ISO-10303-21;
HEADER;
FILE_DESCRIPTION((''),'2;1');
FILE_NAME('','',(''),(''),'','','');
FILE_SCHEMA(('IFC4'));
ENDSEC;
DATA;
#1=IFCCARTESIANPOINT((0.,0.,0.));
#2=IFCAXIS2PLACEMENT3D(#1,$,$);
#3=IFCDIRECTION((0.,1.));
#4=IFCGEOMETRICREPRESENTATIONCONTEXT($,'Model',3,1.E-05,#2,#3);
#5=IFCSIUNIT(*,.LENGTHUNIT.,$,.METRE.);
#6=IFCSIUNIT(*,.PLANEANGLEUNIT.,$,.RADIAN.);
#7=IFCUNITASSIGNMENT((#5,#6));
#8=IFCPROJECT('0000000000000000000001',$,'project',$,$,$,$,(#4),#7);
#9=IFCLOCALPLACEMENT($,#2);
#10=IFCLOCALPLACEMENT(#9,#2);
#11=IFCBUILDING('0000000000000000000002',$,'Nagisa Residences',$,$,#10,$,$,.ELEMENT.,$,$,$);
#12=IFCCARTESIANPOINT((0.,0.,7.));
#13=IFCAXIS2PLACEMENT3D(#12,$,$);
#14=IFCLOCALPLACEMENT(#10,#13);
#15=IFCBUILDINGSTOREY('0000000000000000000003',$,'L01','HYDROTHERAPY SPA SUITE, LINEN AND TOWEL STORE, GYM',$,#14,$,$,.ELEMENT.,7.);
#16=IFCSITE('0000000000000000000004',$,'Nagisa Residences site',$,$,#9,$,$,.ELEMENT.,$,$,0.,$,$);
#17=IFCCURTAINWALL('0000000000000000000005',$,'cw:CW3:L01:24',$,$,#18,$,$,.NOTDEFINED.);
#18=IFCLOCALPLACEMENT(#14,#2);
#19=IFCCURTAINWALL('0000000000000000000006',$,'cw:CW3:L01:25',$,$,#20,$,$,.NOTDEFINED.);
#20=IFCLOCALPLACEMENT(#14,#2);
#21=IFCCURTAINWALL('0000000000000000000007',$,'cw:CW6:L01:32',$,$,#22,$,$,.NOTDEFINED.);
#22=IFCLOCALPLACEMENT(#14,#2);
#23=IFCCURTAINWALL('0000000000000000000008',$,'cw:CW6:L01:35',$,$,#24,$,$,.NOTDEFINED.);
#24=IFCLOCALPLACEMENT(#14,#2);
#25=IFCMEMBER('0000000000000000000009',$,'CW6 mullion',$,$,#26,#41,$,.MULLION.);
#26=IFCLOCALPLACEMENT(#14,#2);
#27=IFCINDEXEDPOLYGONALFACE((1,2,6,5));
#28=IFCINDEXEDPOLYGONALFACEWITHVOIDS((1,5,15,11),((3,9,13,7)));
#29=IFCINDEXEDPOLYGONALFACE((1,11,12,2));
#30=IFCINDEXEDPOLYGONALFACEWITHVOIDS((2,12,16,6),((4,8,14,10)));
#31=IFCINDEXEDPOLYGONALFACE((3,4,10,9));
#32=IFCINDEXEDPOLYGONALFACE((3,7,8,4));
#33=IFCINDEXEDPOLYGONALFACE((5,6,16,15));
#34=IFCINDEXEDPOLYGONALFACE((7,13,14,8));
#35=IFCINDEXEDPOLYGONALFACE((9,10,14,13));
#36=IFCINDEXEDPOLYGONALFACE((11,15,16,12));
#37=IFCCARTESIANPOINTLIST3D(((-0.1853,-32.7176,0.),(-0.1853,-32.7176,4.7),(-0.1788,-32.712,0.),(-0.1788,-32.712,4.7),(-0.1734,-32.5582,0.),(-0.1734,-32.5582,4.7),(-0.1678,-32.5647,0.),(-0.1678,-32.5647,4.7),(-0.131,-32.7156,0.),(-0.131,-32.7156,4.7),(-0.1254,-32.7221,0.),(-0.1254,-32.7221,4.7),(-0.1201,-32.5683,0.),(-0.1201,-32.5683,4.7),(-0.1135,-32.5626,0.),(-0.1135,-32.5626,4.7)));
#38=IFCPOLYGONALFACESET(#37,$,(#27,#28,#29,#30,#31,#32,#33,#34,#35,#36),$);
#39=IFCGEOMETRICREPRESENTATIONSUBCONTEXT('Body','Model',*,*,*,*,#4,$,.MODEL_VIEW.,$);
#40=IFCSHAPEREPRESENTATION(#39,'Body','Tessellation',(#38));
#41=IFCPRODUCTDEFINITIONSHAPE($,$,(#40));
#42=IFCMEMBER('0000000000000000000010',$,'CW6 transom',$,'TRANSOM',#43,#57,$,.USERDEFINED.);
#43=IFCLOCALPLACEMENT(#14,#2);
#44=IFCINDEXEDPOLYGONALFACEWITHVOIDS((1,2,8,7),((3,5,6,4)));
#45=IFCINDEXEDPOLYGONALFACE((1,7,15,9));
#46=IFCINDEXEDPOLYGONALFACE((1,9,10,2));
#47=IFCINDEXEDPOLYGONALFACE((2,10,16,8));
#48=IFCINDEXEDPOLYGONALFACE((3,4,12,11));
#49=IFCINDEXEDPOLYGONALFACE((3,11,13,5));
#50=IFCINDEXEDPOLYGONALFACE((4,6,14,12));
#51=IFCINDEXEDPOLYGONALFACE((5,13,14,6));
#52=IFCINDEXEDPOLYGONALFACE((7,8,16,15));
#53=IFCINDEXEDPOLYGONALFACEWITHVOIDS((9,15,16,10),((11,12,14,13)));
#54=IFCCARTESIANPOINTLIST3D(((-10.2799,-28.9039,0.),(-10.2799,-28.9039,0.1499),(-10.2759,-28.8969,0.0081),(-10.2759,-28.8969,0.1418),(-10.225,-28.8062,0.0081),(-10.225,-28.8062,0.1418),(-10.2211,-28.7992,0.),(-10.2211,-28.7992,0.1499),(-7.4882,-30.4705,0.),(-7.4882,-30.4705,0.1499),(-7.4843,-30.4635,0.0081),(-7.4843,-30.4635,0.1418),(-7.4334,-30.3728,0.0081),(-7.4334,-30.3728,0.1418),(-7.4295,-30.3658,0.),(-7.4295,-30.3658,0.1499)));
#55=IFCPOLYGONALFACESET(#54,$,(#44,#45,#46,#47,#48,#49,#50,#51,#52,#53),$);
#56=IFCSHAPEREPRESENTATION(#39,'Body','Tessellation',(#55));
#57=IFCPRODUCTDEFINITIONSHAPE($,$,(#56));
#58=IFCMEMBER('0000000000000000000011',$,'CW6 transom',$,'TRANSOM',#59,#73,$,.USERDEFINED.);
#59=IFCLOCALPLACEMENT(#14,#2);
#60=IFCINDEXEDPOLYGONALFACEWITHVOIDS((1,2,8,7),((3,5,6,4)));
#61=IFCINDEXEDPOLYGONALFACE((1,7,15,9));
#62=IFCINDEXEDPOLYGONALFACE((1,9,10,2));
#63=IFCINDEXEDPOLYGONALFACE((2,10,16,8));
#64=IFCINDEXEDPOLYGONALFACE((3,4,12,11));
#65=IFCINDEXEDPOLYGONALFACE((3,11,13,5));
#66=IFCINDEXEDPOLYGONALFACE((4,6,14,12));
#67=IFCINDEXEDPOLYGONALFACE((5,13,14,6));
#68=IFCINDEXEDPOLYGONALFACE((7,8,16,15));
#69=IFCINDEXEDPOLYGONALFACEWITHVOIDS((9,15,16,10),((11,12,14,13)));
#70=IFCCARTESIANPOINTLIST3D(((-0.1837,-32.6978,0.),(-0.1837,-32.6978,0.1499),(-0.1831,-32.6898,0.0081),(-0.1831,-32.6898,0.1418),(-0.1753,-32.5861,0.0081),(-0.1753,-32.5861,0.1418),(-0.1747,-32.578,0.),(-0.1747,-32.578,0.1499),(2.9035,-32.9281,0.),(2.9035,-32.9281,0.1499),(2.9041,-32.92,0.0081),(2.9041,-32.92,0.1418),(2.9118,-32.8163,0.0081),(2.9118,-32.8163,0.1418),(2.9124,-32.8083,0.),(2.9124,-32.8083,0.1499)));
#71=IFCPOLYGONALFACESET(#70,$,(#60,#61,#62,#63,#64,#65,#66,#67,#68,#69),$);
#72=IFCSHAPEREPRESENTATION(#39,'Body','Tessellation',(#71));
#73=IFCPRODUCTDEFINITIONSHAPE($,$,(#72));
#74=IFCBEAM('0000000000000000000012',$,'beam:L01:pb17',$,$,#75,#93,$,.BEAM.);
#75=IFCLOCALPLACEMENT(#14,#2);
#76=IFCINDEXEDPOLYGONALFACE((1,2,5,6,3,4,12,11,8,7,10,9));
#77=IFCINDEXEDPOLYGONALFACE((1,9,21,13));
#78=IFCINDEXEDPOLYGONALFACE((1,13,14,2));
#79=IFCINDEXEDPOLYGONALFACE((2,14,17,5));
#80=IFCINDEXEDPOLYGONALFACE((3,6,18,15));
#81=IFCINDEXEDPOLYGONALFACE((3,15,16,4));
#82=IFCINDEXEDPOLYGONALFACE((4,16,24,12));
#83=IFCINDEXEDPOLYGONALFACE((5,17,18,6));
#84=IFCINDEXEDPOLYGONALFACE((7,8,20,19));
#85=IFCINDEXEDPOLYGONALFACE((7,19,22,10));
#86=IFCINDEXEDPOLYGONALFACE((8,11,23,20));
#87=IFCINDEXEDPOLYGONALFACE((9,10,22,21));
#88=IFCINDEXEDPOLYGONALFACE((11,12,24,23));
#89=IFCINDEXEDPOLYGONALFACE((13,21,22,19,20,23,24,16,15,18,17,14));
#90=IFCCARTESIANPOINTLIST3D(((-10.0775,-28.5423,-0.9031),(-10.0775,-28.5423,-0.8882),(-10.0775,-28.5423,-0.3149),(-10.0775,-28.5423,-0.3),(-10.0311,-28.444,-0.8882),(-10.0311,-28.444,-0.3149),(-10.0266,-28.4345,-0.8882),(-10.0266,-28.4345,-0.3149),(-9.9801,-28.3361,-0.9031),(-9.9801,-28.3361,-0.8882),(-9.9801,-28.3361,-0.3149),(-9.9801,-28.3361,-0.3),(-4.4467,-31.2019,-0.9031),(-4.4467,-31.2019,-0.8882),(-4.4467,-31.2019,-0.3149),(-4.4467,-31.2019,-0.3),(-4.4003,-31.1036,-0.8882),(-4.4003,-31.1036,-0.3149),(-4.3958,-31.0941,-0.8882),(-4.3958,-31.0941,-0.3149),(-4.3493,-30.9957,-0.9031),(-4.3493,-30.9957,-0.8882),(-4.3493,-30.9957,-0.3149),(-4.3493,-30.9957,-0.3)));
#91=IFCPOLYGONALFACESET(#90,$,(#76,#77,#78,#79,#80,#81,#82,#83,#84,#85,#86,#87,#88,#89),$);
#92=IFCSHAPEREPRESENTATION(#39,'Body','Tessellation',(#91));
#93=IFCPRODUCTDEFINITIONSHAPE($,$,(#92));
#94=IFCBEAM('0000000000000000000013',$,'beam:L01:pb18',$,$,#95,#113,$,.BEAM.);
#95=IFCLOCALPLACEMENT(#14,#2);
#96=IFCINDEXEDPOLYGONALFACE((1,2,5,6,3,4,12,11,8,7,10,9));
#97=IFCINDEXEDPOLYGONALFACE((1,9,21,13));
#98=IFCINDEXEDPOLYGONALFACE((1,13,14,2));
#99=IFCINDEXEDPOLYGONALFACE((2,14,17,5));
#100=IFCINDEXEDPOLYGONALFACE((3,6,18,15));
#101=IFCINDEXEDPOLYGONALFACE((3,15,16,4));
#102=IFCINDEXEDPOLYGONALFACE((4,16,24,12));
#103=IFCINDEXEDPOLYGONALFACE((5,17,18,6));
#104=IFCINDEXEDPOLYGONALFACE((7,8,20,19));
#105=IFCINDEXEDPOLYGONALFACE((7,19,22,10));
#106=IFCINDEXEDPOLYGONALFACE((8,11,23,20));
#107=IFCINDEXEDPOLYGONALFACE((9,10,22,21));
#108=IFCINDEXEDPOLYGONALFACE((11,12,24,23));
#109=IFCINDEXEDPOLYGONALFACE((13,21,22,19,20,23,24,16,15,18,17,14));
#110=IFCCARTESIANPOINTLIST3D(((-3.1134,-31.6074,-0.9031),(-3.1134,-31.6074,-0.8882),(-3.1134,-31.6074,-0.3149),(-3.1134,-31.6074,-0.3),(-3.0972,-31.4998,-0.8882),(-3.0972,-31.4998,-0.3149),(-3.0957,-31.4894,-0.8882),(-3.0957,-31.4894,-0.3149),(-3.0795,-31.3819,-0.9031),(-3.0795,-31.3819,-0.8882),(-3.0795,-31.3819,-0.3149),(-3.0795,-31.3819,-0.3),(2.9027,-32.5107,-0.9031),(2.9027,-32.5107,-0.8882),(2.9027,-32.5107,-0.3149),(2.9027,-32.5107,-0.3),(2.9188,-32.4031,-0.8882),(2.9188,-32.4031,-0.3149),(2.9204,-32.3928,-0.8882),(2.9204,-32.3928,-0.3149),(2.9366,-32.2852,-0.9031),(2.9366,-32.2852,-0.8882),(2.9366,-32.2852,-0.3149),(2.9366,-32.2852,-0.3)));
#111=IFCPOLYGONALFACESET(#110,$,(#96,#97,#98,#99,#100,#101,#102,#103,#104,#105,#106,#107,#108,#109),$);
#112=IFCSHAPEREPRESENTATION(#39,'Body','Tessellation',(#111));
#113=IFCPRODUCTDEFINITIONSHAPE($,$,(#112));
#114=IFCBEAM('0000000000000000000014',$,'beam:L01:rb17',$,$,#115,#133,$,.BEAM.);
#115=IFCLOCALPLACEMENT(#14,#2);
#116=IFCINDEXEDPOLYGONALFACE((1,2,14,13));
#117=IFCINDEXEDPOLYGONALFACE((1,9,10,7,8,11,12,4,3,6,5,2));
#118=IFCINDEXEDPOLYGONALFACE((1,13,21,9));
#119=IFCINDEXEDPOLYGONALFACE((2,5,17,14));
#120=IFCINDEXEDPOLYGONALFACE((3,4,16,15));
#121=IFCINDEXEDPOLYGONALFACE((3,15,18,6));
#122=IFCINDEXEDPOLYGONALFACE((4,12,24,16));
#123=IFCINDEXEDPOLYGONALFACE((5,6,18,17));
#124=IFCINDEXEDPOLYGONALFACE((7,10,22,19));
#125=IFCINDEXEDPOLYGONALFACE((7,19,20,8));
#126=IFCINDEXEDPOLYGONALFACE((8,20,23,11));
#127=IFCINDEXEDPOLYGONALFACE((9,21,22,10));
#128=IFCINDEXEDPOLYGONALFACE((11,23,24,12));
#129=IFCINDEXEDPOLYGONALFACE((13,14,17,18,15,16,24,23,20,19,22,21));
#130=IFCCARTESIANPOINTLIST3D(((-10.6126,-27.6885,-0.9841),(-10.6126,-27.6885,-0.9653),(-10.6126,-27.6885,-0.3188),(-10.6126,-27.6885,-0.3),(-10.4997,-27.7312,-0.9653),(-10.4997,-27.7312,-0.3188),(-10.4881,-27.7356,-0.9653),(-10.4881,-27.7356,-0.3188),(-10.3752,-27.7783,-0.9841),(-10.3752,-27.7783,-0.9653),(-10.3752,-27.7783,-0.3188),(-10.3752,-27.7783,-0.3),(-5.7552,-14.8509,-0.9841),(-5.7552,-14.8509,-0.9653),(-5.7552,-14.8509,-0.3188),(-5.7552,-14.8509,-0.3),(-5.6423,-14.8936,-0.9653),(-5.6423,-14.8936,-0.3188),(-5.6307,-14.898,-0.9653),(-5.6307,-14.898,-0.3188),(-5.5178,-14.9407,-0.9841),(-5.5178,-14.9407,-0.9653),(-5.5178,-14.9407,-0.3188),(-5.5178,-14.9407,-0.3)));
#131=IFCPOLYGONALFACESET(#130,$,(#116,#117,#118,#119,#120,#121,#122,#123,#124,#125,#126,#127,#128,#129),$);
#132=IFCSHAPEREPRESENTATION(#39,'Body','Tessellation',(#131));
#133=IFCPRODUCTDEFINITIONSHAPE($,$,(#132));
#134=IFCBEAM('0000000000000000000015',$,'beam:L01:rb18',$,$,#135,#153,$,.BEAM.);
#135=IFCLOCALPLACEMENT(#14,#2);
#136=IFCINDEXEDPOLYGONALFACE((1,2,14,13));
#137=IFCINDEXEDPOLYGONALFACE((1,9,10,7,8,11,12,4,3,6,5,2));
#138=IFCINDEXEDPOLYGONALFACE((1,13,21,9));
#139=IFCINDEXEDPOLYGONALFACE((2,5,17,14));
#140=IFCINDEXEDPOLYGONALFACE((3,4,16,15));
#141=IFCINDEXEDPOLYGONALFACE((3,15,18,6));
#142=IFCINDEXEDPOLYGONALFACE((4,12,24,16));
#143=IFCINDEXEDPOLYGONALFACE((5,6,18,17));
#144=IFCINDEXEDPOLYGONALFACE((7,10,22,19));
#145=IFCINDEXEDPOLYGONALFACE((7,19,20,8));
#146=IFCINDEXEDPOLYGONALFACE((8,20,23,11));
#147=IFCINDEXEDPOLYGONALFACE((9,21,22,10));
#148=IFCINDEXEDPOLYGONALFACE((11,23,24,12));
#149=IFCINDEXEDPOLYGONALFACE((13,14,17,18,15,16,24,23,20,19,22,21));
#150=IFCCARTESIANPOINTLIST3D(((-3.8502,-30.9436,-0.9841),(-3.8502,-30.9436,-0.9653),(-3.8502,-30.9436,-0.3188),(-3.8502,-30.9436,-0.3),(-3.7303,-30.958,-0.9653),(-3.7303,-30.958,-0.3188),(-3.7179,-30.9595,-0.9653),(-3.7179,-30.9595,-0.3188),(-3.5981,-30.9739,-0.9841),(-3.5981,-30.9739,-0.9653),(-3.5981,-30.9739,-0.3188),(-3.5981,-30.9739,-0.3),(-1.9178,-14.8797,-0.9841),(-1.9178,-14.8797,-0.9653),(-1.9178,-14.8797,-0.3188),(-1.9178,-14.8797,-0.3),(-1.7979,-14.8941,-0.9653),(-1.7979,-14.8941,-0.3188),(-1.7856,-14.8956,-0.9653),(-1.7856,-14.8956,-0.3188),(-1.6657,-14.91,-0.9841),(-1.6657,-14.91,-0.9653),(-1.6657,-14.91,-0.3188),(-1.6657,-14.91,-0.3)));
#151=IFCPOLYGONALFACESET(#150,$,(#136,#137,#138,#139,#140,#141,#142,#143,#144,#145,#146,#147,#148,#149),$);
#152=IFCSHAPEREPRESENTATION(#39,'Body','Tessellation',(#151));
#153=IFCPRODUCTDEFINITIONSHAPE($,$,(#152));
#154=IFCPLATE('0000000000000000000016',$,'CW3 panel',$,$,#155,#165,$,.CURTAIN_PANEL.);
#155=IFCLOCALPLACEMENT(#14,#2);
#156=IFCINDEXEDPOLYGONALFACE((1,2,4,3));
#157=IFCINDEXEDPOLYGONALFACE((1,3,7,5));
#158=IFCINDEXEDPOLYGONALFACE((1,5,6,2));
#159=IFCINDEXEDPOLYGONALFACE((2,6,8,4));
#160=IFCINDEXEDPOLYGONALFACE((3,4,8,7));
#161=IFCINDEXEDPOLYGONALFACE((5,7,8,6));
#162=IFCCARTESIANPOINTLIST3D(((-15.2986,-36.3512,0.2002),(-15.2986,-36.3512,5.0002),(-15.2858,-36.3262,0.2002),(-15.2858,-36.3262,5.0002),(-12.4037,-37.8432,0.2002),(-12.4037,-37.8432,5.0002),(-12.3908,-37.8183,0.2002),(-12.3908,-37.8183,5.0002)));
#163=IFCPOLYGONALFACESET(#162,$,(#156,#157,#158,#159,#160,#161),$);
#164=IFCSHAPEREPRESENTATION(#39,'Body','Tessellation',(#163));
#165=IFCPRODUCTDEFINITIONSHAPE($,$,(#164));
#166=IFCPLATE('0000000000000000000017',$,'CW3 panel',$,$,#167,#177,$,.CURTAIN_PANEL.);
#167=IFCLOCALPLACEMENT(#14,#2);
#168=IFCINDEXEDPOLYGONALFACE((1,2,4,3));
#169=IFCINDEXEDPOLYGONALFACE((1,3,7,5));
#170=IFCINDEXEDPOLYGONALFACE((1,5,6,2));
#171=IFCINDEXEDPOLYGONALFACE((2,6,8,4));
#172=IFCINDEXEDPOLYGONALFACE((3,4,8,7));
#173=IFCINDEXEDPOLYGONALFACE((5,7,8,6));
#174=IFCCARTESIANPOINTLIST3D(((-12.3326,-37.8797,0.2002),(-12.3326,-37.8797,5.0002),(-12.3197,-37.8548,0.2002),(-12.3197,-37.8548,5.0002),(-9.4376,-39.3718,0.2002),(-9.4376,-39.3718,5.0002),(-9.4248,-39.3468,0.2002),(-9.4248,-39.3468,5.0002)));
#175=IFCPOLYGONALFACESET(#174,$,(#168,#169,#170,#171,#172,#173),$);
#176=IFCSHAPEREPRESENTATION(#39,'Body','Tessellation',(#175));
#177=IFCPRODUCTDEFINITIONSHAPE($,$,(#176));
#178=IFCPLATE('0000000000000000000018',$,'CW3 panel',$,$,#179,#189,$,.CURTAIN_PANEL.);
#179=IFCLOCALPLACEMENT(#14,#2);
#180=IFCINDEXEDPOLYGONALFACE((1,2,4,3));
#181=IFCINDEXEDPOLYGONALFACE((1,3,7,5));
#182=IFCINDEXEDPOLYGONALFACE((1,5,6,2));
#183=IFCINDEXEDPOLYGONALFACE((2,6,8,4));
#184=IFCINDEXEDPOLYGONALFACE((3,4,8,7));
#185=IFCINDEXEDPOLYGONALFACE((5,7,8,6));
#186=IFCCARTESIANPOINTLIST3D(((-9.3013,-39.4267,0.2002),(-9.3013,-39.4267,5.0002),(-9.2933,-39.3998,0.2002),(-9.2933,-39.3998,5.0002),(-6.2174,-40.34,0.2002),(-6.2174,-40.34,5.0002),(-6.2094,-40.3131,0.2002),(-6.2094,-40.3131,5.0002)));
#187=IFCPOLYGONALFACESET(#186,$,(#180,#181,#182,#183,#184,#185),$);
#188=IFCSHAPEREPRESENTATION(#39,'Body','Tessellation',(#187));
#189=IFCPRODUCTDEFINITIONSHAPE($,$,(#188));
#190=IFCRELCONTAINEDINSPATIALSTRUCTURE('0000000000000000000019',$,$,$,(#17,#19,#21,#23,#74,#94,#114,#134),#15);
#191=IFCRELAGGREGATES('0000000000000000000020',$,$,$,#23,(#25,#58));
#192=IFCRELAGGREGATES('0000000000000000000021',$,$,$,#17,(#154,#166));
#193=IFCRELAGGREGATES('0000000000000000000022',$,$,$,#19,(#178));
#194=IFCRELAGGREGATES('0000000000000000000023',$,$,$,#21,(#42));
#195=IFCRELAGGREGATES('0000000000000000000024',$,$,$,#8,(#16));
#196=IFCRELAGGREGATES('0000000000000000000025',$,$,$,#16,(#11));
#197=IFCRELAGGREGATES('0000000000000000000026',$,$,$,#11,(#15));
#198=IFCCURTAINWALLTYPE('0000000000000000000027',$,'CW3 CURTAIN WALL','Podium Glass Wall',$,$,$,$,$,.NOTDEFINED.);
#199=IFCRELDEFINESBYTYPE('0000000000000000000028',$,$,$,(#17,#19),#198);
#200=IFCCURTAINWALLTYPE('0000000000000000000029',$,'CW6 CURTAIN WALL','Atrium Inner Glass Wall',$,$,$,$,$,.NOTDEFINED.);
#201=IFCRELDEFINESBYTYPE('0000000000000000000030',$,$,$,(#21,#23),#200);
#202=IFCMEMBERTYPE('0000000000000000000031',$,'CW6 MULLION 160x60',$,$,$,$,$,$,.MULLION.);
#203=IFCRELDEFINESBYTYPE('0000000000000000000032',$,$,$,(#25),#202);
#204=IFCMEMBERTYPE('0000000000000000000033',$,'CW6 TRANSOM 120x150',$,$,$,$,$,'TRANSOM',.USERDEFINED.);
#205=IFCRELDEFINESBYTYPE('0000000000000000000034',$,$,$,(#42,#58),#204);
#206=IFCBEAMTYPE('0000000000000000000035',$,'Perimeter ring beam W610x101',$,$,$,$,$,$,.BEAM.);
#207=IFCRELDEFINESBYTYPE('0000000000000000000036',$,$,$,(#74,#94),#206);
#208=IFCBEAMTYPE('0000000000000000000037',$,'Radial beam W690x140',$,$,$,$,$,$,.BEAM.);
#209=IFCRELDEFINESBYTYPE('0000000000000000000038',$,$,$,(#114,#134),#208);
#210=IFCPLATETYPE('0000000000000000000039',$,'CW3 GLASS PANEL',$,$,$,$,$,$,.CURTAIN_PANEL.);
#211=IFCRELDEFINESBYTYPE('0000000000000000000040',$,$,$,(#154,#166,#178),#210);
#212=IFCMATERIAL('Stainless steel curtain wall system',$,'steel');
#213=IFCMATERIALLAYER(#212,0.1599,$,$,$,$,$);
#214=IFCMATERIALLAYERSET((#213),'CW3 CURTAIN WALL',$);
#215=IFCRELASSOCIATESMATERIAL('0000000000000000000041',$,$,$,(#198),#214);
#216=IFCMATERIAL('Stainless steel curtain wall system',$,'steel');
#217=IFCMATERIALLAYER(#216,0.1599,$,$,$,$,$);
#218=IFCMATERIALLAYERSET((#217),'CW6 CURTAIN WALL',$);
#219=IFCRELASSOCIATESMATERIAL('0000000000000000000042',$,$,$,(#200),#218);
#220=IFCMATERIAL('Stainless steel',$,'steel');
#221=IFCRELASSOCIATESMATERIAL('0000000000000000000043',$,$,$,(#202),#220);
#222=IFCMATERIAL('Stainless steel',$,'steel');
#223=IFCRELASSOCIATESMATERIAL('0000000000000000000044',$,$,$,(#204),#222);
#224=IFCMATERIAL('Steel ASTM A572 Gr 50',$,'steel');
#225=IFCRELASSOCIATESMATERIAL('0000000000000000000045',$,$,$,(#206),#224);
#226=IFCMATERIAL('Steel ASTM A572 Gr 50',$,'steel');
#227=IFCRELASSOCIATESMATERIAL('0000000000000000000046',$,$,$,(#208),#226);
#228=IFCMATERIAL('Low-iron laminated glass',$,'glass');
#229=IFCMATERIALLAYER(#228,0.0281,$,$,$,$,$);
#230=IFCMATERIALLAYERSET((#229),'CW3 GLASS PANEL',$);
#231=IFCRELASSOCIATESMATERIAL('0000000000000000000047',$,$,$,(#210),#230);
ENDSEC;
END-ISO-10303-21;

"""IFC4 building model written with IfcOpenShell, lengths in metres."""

from ifc_helpers import new_model, si_unit, direction, frame, origin, origin_2d, place, context, subcontext, project, spatial, rectangle, hollow_rectangle, i_section, extrude, material, layer, layer_set, material_profile, profile_set, type_object, element, aggregate, save


model = new_model("IFC4")

# Units and contexts
model_context = context("Model", 3, precision=1e-05, world=origin(), true_north=direction((0.0, 1.0)))
body_context = subcontext(model_context, "Body", "Model", "MODEL_VIEW")
ifc_project = project(units=[si_unit("LENGTHUNIT", "METRE"), si_unit("PLANEANGLEUNIT", "RADIAN")], contexts=[model_context])

# Site, building, storey
site_placement = place(None, origin())
site = spatial("IfcSite", under=ifc_project, at=site_placement, Name="Nagisa Residences site", CompositionType="ELEMENT", RefElevation=0.0)
building_placement = place(site_placement, origin())
building = spatial("IfcBuilding", under=site, at=building_placement, Name="Nagisa Residences", CompositionType="ELEMENT")
storey_placement = place(building_placement, frame((0.0, 0.0, 7.0)))
storey = spatial("IfcBuildingStorey", under=building, at=storey_placement, Name="L01", Description="HYDROTHERAPY SPA SUITE, LINEN AND TOWEL STORE, GYM", CompositionType="ELEMENT", Elevation=7.0)

# Curtain walls
ifc_material_1 = material(Name="Stainless steel curtain wall system", Category="steel")
ifc_layer_1 = layer(ifc_material_1, 0.1599)
ifc_layer_set_1 = layer_set([ifc_layer_1], Name="CW3 CURTAIN WALL")
curtain_wall_type_1 = type_object("IfcCurtainWallType", Name="CW3 CURTAIN WALL", Description="Podium Glass Wall", PredefinedType="NOTDEFINED", material=ifc_layer_set_1)
curtain_wall_1_placement = place(storey_placement, origin())
curtain_wall_1 = element("IfcCurtainWall", 1, at=curtain_wall_1_placement, inside=storey, type_object=curtain_wall_type_1, Name="cw:CW3:L01:24", PredefinedType="NOTDEFINED")
curtain_wall_2_placement = place(storey_placement, origin())
curtain_wall_2 = element("IfcCurtainWall", 2, at=curtain_wall_2_placement, inside=storey, type_object=curtain_wall_type_1, Name="cw:CW3:L01:25", PredefinedType="NOTDEFINED")

# Curtain walls, member
ifc_material_2 = material(Name="Stainless steel curtain wall system", Category="steel")
ifc_layer_2 = layer(ifc_material_2, 0.1599)
ifc_layer_set_2 = layer_set([ifc_layer_2], Name="CW6 CURTAIN WALL")
curtain_wall_type_2 = type_object("IfcCurtainWallType", Name="CW6 CURTAIN WALL", Description="Atrium Inner Glass Wall", PredefinedType="NOTDEFINED", material=ifc_layer_set_2)
curtain_wall_3_placement = place(storey_placement, origin())
curtain_wall_3 = element("IfcCurtainWall", 3, at=curtain_wall_3_placement, inside=storey, type_object=curtain_wall_type_2, Name="cw:CW6:L01:32", PredefinedType="NOTDEFINED")
ifc_material_3 = material(Name="Stainless steel", Category="steel")
ifc_material_profile_1 = material_profile(ifc_material_3, hollow_rectangle(XDim=0.1599, YDim=0.0601, WallThickness=0.0061, at=origin_2d()), Name="CW6 MULLION 160x60")
ifc_profile_set_1 = profile_set([ifc_material_profile_1], Name="Stainless steel")
member_type_1 = type_object("IfcMemberType", Name="CW6 MULLION 160x60", PredefinedType="MULLION", material=ifc_profile_set_1)
curtain_wall_4_placement = place(storey_placement, origin())
curtain_wall_4 = element("IfcCurtainWall", 4, at=curtain_wall_4_placement, inside=storey, type_object=curtain_wall_type_2, Name="cw:CW6:L01:35", PredefinedType="NOTDEFINED")
member_1_placement = place(storey_placement, frame((-0.1494, -32.6401, 0.0), z_axis=(0.0, 0.0, 1.0), x_axis=(0.074377, 0.99723, 0.0)))
member_1 = element("IfcMember", 5, at=member_1_placement, type_object=member_type_1, Name="CW6 mullion", PredefinedType="MULLION", context=body_context, shape_type="SweptSolid", body=[
    extrude(hollow_rectangle(XDim=0.1599, YDim=0.0601, WallThickness=0.0061, at=origin_2d()), origin(), (0.0, 0.0, 1.0), 4.7),
])

# Members
ifc_material_4 = material(Name="Stainless steel", Category="steel")
ifc_material_profile_2 = material_profile(ifc_material_4, hollow_rectangle(XDim=0.1201, YDim=0.1499, WallThickness=0.0081, at=origin_2d()), Name="CW6 TRANSOM 120x150")
ifc_profile_set_2 = profile_set([ifc_material_profile_2], Name="Stainless steel")
member_type_2 = type_object("IfcMemberType", Name="CW6 TRANSOM 120x150", ElementType="TRANSOM", PredefinedType="USERDEFINED", material=ifc_profile_set_2)
member_2_placement = place(storey_placement, frame((-10.2505, -28.8516, 0.075), z_axis=(0.87207, -0.489381, 0.0), x_axis=(0.489381, 0.87207, 0.0)))
member_2 = element("IfcMember", 6, at=member_2_placement, type_object=member_type_2, Name="CW6 transom", ObjectType="TRANSOM", PredefinedType="USERDEFINED", context=body_context, shape_type="SweptSolid", body=[
    extrude(hollow_rectangle(XDim=0.1201, YDim=0.1499, WallThickness=0.0081, at=origin_2d()), origin(), (0.0, 0.0, 1.0), 3.2012),
])
member_3_placement = place(storey_placement, frame((-0.1792, -32.6379, 0.075), z_axis=(0.997231, -0.074368, 0.0), x_axis=(0.074368, 0.997231, 0.0)))
member_3 = element("IfcMember", 7, at=member_3_placement, type_object=member_type_2, Name="CW6 transom", ObjectType="TRANSOM", PredefinedType="USERDEFINED", context=body_context, shape_type="SweptSolid", body=[
    extrude(hollow_rectangle(XDim=0.1201, YDim=0.1499, WallThickness=0.0081, at=origin_2d()), origin(), (0.0, 0.0, 1.0), 3.0957),
])
aggregate(curtain_wall_4, [member_1, member_3])

# Beams
ifc_material_5 = material(Name="Steel ASTM A572 Gr 50", Category="steel")
ifc_material_profile_3 = material_profile(ifc_material_5, i_section(OverallWidth=0.228, OverallDepth=0.603, WebThickness=0.0105, FlangeThickness=0.0149, at=origin_2d()), Name="W610x101")
ifc_profile_set_3 = profile_set([ifc_material_profile_3], Name="Steel ASTM A572 Gr 50")
beam_type_1 = type_object("IfcBeamType", Name="Perimeter ring beam W610x101", PredefinedType="BEAM", material=ifc_profile_set_3)
beam_1_placement = place(storey_placement, frame((-10.0288, -28.4392, -0.6016), z_axis=(0.904208, -0.427092, 0.0), x_axis=(0.427092, 0.904208, 0.0)))
element("IfcBeam", 8, at=beam_1_placement, inside=storey, type_object=beam_type_1, Name="beam:L01:pb17", PredefinedType="BEAM", context=body_context, shape_type="SweptSolid", body=[
    extrude(i_section(OverallWidth=0.228, OverallDepth=0.603, WebThickness=0.0105, FlangeThickness=0.0149, at=origin_2d()), origin(), (0.0, 0.0, 1.0), 6.2273),
])
beam_2_placement = place(storey_placement, frame((-3.0964, -31.4946, -0.6016), z_axis=(0.988915, -0.148486, 0.0), x_axis=(0.148486, 0.988915, 0.0)))
element("IfcBeam", 9, at=beam_2_placement, inside=storey, type_object=beam_type_1, Name="beam:L01:pb18", PredefinedType="BEAM", context=body_context, shape_type="SweptSolid", body=[
    extrude(i_section(OverallWidth=0.228, OverallDepth=0.603, WebThickness=0.0105, FlangeThickness=0.0149, at=origin_2d()), origin(), (0.0, 0.0, 1.0), 6.0835),
])
ifc_material_6 = material(Name="Steel ASTM A572 Gr 50", Category="steel")
ifc_material_profile_4 = material_profile(ifc_material_6, i_section(OverallWidth=0.2539, OverallDepth=0.6841, WebThickness=0.0125, FlangeThickness=0.0188, at=origin_2d()), Name="W690x140")
ifc_profile_set_4 = profile_set([ifc_material_profile_4], Name="Steel ASTM A572 Gr 50")
beam_type_2 = type_object("IfcBeamType", Name="Radial beam W690x140", PredefinedType="BEAM", material=ifc_profile_set_4)
beam_3_placement = place(storey_placement, frame((-10.4939, -27.7334, -0.6421), z_axis=(0.353888, 0.935288, 0.0), x_axis=(-0.935288, 0.353888, 0.0)))
element("IfcBeam", 10, at=beam_3_placement, inside=storey, type_object=beam_type_2, Name="beam:L01:rb17", PredefinedType="BEAM", context=body_context, shape_type="SweptSolid", body=[
    extrude(i_section(OverallWidth=0.2539, OverallDepth=0.6841, WebThickness=0.0125, FlangeThickness=0.0188, at=origin_2d()), origin(), (0.0, 0.0, 1.0), 13.7258),
])
beam_4_placement = place(storey_placement, frame((-3.7241, -30.9587, -0.6421), z_axis=(0.119431, 0.992842, 0.0), x_axis=(-0.992842, 0.119431, 0.0)))
element("IfcBeam", 11, at=beam_4_placement, inside=storey, type_object=beam_type_2, Name="beam:L01:rb18", PredefinedType="BEAM", context=body_context, shape_type="SweptSolid", body=[
    extrude(i_section(OverallWidth=0.2539, OverallDepth=0.6841, WebThickness=0.0125, FlangeThickness=0.0188, at=origin_2d()), origin(), (0.0, 0.0, 1.0), 16.1797),
])

# Plates
ifc_material_7 = material(Name="Low-iron laminated glass", Category="glass")
ifc_layer_3 = layer(ifc_material_7, 0.0281)
ifc_layer_set_3 = layer_set([ifc_layer_3], Name="CW3 GLASS PANEL")
plate_type_1 = type_object("IfcPlateType", Name="CW3 GLASS PANEL", PredefinedType="CURTAIN_PANEL", material=ifc_layer_set_3)
plate_1_placement = place(storey_placement, frame((-13.8447, -37.0847, 0.2002), z_axis=(0.0, 0.0, 1.0), x_axis=(0.888887, -0.458126, 0.0)))
plate_1 = element("IfcPlate", 12, at=plate_1_placement, type_object=plate_type_1, Name="CW3 panel", PredefinedType="CURTAIN_PANEL", context=body_context, shape_type="SweptSolid", body=[
    extrude(rectangle(XDim=3.2568, YDim=0.0281, at=origin_2d()), origin(), (0.0, 0.0, 1.0), 4.8),
])
plate_2_placement = place(storey_placement, frame((-10.8787, -38.6133, 0.2002), z_axis=(0.0, 0.0, 1.0), x_axis=(0.888887, -0.458126, 0.0)))
plate_2 = element("IfcPlate", 13, at=plate_2_placement, type_object=plate_type_1, Name="CW3 panel", PredefinedType="CURTAIN_PANEL", context=body_context, shape_type="SweptSolid", body=[
    extrude(rectangle(XDim=3.2568, YDim=0.0281, at=origin_2d()), origin(), (0.0, 0.0, 1.0), 4.8),
])
aggregate(curtain_wall_1, [plate_1, plate_2])
plate_3_placement = place(storey_placement, frame((-7.7554, -39.8699, 0.2002), z_axis=(0.0, 0.0, 1.0), x_axis=(0.958835, -0.283963, 0.0)))
plate_3 = element("IfcPlate", 14, at=plate_3_placement, type_object=plate_type_1, Name="CW3 panel", PredefinedType="CURTAIN_PANEL", context=body_context, shape_type="SweptSolid", body=[
    extrude(rectangle(XDim=3.2163, YDim=0.0281, at=origin_2d()), origin(), (0.0, 0.0, 1.0), 4.8),
])
aggregate(curtain_wall_2, [plate_3])

aggregate(curtain_wall_3, [member_2])

save(model, "model.ifc")
